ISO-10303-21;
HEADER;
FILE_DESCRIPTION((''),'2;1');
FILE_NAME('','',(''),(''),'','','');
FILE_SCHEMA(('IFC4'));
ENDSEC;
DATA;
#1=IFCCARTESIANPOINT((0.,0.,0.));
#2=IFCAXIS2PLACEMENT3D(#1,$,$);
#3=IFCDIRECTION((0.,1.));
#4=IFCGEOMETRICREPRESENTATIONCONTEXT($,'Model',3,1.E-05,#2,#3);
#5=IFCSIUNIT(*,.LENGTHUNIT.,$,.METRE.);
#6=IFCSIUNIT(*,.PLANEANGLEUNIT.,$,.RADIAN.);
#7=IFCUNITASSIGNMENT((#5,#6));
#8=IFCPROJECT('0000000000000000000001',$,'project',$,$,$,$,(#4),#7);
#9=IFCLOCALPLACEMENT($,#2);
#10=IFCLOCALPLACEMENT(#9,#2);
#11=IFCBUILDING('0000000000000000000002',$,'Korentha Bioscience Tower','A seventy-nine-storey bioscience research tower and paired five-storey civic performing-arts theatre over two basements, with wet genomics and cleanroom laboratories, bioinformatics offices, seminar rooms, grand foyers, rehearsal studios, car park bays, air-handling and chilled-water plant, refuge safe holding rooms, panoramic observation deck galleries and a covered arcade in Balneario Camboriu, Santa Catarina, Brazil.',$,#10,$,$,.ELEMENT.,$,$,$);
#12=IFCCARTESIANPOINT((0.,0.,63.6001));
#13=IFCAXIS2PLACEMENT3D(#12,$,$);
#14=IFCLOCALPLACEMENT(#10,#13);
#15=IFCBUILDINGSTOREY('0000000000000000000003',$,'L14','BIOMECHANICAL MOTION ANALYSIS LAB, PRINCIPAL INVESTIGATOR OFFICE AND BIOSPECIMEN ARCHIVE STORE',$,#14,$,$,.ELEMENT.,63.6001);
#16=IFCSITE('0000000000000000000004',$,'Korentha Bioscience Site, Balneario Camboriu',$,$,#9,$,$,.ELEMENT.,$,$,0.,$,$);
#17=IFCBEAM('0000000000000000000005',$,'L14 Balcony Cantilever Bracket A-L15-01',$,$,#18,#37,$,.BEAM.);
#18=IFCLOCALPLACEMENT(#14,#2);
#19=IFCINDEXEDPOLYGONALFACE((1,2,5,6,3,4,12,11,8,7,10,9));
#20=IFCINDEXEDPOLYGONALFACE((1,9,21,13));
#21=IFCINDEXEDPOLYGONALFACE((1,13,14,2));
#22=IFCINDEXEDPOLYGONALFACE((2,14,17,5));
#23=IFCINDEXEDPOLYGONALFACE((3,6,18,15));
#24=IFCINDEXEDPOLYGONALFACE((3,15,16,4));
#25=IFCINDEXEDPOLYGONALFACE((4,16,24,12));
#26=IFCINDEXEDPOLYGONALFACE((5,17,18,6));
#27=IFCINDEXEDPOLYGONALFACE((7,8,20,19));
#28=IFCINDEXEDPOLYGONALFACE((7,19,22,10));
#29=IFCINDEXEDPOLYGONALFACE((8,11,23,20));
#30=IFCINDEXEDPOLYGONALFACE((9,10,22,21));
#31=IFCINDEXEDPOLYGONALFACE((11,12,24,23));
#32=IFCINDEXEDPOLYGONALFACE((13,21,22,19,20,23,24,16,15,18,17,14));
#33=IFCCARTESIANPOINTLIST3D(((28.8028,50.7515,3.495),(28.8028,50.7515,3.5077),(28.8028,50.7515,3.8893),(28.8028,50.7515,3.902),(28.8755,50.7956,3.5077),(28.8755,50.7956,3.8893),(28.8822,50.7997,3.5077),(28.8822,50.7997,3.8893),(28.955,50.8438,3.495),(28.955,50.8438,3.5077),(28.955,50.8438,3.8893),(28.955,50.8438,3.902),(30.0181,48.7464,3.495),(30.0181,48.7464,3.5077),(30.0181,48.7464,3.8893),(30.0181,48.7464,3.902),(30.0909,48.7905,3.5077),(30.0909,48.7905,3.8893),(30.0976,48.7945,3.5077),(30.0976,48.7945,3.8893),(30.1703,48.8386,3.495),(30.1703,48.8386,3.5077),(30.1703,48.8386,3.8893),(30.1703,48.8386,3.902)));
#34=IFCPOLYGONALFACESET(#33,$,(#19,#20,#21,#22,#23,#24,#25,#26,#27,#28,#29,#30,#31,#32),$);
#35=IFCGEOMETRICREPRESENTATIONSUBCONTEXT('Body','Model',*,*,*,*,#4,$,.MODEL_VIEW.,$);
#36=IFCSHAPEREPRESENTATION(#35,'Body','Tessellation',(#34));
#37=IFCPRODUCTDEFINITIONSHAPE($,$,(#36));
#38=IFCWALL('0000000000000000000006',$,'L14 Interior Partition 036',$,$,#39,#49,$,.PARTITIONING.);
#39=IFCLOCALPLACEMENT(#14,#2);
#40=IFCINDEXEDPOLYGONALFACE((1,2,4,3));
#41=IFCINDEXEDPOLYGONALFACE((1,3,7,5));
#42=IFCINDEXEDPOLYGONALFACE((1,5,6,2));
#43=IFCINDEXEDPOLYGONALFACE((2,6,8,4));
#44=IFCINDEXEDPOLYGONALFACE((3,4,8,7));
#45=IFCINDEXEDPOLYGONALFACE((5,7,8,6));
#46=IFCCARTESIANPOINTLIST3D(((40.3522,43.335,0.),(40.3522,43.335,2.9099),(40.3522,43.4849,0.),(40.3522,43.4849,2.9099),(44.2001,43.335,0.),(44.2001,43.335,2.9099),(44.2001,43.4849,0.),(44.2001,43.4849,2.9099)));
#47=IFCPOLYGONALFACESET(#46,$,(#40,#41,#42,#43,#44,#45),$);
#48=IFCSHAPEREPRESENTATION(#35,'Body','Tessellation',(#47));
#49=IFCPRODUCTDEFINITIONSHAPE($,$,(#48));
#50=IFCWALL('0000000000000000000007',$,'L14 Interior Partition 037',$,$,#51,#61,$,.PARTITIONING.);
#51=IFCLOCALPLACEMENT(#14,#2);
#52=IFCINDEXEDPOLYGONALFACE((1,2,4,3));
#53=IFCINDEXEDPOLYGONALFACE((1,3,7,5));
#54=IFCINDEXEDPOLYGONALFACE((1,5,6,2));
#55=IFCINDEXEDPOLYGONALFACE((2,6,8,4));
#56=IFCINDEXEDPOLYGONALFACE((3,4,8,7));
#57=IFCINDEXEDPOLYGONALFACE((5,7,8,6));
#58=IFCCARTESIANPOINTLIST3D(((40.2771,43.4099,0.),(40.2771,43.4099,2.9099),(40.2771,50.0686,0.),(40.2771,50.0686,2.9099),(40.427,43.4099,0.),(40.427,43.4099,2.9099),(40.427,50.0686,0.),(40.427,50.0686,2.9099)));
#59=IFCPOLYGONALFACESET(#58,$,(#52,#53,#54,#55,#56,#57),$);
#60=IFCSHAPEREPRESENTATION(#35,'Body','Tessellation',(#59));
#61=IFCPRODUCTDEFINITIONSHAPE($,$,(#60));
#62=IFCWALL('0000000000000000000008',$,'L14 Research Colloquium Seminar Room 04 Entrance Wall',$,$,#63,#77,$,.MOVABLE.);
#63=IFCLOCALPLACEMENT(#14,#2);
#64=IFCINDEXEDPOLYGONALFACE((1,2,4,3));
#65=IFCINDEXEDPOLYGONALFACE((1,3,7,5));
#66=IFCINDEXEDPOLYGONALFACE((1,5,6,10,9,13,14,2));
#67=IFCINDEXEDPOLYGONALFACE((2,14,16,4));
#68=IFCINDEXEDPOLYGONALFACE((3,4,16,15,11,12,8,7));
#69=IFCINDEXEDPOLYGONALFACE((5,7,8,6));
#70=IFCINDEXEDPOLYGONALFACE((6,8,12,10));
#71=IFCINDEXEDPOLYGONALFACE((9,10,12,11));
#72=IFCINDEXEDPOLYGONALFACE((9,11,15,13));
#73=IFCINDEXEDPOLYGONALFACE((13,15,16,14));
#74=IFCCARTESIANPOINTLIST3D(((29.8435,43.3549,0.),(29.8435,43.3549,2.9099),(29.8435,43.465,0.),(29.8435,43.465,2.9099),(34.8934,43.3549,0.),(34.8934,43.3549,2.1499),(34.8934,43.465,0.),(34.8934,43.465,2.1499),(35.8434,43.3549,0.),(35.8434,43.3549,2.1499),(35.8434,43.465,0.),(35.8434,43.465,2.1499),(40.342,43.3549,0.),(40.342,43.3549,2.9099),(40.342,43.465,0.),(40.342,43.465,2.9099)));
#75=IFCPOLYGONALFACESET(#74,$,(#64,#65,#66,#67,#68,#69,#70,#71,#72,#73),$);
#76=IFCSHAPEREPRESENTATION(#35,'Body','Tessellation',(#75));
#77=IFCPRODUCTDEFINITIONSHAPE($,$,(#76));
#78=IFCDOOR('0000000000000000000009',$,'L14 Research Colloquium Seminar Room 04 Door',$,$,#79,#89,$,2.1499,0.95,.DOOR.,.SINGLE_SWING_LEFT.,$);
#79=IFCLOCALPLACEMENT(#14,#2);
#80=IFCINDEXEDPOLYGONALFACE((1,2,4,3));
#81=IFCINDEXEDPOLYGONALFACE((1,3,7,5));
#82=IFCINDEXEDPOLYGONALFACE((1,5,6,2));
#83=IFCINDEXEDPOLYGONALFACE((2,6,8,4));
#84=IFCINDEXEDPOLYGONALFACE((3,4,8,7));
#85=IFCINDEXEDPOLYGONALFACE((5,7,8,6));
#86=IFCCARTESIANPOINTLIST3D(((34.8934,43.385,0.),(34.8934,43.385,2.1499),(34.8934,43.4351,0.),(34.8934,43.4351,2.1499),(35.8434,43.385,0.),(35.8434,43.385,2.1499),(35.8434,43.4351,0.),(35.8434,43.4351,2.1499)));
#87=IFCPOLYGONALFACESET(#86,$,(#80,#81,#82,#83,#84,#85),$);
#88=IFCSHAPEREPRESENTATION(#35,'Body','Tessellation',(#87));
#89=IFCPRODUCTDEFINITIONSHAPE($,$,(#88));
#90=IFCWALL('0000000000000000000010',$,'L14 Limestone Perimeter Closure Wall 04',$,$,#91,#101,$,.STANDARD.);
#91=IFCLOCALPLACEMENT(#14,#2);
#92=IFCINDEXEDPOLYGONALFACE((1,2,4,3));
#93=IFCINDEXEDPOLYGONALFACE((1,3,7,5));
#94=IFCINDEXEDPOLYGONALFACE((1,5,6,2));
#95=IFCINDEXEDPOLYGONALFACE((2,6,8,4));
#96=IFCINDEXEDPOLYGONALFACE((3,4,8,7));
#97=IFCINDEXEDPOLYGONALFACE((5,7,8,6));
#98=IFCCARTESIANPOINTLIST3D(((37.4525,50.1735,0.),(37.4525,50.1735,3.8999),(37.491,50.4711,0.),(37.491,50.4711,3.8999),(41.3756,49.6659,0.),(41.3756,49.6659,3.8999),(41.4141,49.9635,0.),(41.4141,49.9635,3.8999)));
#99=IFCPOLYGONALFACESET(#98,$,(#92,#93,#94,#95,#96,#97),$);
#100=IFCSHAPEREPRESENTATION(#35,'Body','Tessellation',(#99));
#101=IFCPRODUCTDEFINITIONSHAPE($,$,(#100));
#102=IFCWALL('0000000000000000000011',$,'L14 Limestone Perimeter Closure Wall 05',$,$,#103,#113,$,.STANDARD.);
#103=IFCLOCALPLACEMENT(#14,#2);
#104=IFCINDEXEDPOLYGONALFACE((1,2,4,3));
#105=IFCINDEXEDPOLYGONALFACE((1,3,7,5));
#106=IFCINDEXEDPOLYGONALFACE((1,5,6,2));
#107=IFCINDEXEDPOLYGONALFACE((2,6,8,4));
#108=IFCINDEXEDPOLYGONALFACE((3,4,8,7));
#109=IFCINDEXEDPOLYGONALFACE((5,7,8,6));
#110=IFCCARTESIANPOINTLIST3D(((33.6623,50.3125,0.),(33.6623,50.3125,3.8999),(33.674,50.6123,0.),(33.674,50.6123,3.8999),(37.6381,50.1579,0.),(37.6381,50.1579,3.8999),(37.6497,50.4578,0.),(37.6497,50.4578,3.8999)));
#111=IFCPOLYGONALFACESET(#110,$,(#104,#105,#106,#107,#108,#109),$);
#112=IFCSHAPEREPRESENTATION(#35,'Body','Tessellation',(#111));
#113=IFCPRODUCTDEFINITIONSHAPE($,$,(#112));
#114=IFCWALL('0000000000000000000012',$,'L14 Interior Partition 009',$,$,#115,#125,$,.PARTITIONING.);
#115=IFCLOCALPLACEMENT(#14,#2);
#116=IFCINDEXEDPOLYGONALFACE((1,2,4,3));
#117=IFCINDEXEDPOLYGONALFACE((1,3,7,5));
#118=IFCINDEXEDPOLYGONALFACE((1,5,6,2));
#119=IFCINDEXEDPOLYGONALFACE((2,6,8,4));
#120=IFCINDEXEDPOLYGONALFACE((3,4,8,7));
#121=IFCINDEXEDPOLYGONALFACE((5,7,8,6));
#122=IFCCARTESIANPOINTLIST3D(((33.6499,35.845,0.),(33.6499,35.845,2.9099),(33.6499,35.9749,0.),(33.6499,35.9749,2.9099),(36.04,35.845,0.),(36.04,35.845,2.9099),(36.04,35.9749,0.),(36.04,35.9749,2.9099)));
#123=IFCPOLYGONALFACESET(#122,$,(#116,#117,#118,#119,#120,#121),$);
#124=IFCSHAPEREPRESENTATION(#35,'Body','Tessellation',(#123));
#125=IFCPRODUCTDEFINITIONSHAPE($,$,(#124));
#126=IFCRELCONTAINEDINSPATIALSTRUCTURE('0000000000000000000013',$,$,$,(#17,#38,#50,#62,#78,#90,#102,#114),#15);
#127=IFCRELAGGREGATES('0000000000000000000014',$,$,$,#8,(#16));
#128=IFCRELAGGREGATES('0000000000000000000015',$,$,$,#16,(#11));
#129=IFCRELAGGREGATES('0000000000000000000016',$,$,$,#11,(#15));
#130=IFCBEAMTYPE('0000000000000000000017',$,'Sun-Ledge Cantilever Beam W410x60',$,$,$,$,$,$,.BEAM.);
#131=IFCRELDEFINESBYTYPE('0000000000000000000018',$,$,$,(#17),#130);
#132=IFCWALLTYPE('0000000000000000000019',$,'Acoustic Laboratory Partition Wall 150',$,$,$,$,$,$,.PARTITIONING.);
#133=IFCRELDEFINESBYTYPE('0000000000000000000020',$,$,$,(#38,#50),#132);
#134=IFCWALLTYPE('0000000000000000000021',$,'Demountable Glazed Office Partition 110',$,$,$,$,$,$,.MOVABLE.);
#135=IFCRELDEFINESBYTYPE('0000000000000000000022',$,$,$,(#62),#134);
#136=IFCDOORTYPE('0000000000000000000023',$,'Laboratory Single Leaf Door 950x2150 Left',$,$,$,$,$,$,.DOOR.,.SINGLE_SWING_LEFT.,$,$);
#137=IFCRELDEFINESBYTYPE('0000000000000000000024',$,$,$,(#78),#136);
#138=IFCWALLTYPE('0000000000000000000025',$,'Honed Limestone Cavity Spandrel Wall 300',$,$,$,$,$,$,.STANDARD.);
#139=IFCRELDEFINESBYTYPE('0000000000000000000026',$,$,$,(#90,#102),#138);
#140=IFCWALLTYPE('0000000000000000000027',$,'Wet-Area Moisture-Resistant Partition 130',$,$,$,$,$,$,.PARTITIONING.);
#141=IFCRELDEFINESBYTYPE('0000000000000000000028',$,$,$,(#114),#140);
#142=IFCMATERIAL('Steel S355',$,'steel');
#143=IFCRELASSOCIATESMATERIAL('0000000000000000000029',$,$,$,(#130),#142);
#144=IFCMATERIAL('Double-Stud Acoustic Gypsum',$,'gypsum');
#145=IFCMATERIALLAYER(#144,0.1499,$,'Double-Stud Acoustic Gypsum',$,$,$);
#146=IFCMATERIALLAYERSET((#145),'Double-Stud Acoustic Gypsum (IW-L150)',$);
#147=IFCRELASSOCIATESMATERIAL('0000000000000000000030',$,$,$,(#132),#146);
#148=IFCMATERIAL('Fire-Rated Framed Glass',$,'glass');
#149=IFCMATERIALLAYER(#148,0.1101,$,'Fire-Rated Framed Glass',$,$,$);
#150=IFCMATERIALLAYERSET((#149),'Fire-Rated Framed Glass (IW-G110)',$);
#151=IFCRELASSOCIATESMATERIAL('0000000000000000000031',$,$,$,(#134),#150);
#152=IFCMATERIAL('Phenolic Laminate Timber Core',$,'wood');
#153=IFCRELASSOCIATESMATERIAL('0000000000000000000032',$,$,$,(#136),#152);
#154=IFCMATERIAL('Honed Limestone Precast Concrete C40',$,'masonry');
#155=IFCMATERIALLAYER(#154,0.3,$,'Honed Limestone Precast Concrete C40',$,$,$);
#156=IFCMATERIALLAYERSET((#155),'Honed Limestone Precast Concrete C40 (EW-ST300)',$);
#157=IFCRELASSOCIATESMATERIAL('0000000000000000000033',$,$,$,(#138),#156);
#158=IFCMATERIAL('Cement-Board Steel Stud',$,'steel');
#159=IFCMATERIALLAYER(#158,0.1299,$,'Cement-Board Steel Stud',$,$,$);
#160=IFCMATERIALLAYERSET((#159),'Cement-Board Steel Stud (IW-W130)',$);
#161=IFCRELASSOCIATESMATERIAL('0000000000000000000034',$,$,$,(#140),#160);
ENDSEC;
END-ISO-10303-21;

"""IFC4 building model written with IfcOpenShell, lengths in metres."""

from ifc_helpers import new_model, si_unit, direction, frame, frame_2d, origin, origin_2d, place, context, subcontext, project, spatial, rectangle, i_section, extrude, material, layer, layer_set, material_profile, profile_set, type_object, element, fill, save


model = new_model("IFC4")

# Units and contexts
model_context = context("Model", 3, precision=1e-05, world=origin(), true_north=direction((0.0, 1.0)))
body_context = subcontext(model_context, "Body", "Model", "MODEL_VIEW")
ifc_project = project(units=[si_unit("LENGTHUNIT", "METRE"), si_unit("PLANEANGLEUNIT", "RADIAN")], contexts=[model_context])

# Site, building, storey
site_placement = place(None, origin())
site = spatial("IfcSite", under=ifc_project, at=site_placement, Name="Korentha Bioscience Site, Balneario Camboriu", CompositionType="ELEMENT", RefElevation=0.0)
building_placement = place(site_placement, origin())
building = spatial("IfcBuilding", under=site, at=building_placement, Name="Korentha Bioscience Tower", Description="A seventy-nine-storey bioscience research tower and paired five-storey civic performing-arts theatre over two basements, with wet genomics and cleanroom laboratories, bioinformatics offices, seminar rooms, grand foyers, rehearsal studios, car park bays, air-handling and chilled-water plant, refuge safe holding rooms, panoramic observation deck galleries and a covered arcade in Balneario Camboriu, Santa Catarina, Brazil.", CompositionType="ELEMENT")
storey_placement = place(building_placement, frame((0.0, 0.0, 63.6001)))
storey = spatial("IfcBuildingStorey", under=building, at=storey_placement, Name="L14", Description="BIOMECHANICAL MOTION ANALYSIS LAB, PRINCIPAL INVESTIGATOR OFFICE AND BIOSPECIMEN ARCHIVE STORE", CompositionType="ELEMENT", Elevation=63.6001)

# Beam
ifc_material_1 = material(Name="Steel S355", Category="steel")
ifc_material_profile_1 = material_profile(ifc_material_1, i_section(OverallWidth=0.178, OverallDepth=0.407, WebThickness=0.0078, FlangeThickness=0.0127, at=origin_2d()), Name="Steel S355")
ifc_profile_set_1 = profile_set([ifc_material_profile_1], Name="Steel S355 (CB-410)")
beam_type_1 = type_object("IfcBeamType", Name="Sun-Ledge Cantilever Beam W410x60", PredefinedType="BEAM", material=ifc_profile_set_1)
beam_1_placement = place(storey_placement, frame((30.0942, 48.7925, 3.6985), z_axis=(-0.518334, 0.855178, 0.0), x_axis=(-0.855178, -0.518334, 0.0)))
element("IfcBeam", 1, at=beam_1_placement, inside=storey, type_object=beam_type_1, Name="L14 Balcony Cantilever Bracket A-L15-01", PredefinedType="BEAM", context=body_context, shape_type="SweptSolid", body=[
    extrude(i_section(OverallWidth=0.178, OverallDepth=0.407, WebThickness=0.0078, FlangeThickness=0.0127, at=origin_2d()), origin(), (0.0, 0.0, 1.0), 2.3447),
])

# Walls
ifc_material_2 = material(Name="Double-Stud Acoustic Gypsum", Category="gypsum")
ifc_layer_1 = layer(ifc_material_2, 0.1499, Name="Double-Stud Acoustic Gypsum")
ifc_layer_set_1 = layer_set([ifc_layer_1], Name="Double-Stud Acoustic Gypsum (IW-L150)")
wall_type_1 = type_object("IfcWallType", Name="Acoustic Laboratory Partition Wall 150", PredefinedType="PARTITIONING", material=ifc_layer_set_1)
wall_1_placement = place(storey_placement, frame((44.2, 43.4099, 0.0), z_axis=(0.0, 0.0, 1.0), x_axis=(-1.0, 0.0, 0.0)))
element("IfcWall", 2, at=wall_1_placement, inside=storey, type_object=wall_type_1, Name="L14 Interior Partition 036", PredefinedType="PARTITIONING", context=body_context, shape_type="SweptSolid", body=[
    extrude(rectangle(XDim=3.8479, YDim=0.1499, at=frame_2d((1.9238, 0.0))), origin(), (0.0, 0.0, 1.0), 2.9099),
])
wall_2_placement = place(storey_placement, frame((40.3521, 43.4099, 0.0), z_axis=(0.0, 0.0, 1.0), x_axis=(0.0, 1.0, 0.0)))
element("IfcWall", 3, at=wall_2_placement, inside=storey, type_object=wall_type_1, Name="L14 Interior Partition 037", PredefinedType="PARTITIONING", context=body_context, shape_type="SweptSolid", body=[
    extrude(rectangle(XDim=6.6587, YDim=0.1499, at=frame_2d((3.3293, 0.0))), origin(), (0.0, 0.0, 1.0), 2.9099),
])

# Wall, opening, door
ifc_material_3 = material(Name="Fire-Rated Framed Glass", Category="glass")
ifc_layer_2 = layer(ifc_material_3, 0.1101, Name="Fire-Rated Framed Glass")
ifc_layer_set_2 = layer_set([ifc_layer_2], Name="Fire-Rated Framed Glass (IW-G110)")
wall_type_2 = type_object("IfcWallType", Name="Demountable Glazed Office Partition 110", PredefinedType="MOVABLE", material=ifc_layer_set_2)
wall_3_placement = place(storey_placement, frame((40.342, 43.4099, 0.0), z_axis=(0.0, 0.0, 1.0), x_axis=(-1.0, 0.0, 0.0)))
wall_3 = element("IfcWall", 4, at=wall_3_placement, inside=storey, type_object=wall_type_2, Name="L14 Research Colloquium Seminar Room 04 Entrance Wall", PredefinedType="MOVABLE", context=body_context, shape_type="SweptSolid", body=[
    extrude(rectangle(XDim=10.4985, YDim=0.1101, at=frame_2d((5.2493, 0.0))), origin(), (0.0, 0.0, 1.0), 2.9099),
])
opening_1_placement = place(wall_3_placement, frame((4.4985, 0.0, 0.0)))
opening_1 = element("IfcOpeningElement", 5, at=opening_1_placement, cuts=wall_3, PredefinedType="OPENING", context=body_context, shape_type="SweptSolid", body=[
    extrude(rectangle(XDim=0.95, YDim=2.1499, at=frame_2d((0.4751, 1.075))), frame((0.0, 0.0698, 0.0), z_axis=(0.0, -1.0, 0.0), x_axis=(1.0, 0.0, 0.0)), (0.0, 0.0, 1.0), 0.1399),
])
ifc_material_4 = material(Name="Phenolic Laminate Timber Core", Category="wood")
door_type_1 = type_object("IfcDoorType", Name="Laboratory Single Leaf Door 950x2150 Left", OperationType="SINGLE_SWING_LEFT", PredefinedType="DOOR", material=ifc_material_4)
door_1_placement = place(opening_1_placement, origin())
door_1 = element("IfcDoor", 6, at=door_1_placement, inside=storey, type_object=door_type_1, Name="L14 Research Colloquium Seminar Room 04 Door", OperationType="SINGLE_SWING_LEFT", OverallHeight=2.1499, OverallWidth=0.95, PredefinedType="DOOR", context=body_context, shape_type="SweptSolid", body=[
    extrude(rectangle(XDim=0.95, YDim=2.1499, at=frame_2d((0.4751, 1.075))), frame((0.0, 0.0249, 0.0), z_axis=(0.0, -1.0, 0.0), x_axis=(1.0, 0.0, 0.0)), (0.0, 0.0, 1.0), 0.05),
])
fill(opening_1, door_1)
ifc_material_5 = material(Name="Honed Limestone Precast Concrete C40", Category="masonry")
ifc_layer_3 = layer(ifc_material_5, 0.3, Name="Honed Limestone Precast Concrete C40")
ifc_layer_set_3 = layer_set([ifc_layer_3], Name="Honed Limestone Precast Concrete C40 (EW-ST300)")
wall_type_3 = type_object("IfcWallType", Name="Honed Limestone Cavity Spandrel Wall 300", PredefinedType="STANDARD", material=ifc_layer_set_3)

# Walls
wall_4_placement = place(storey_placement, frame((41.395, 49.8147, 0.0), z_axis=(0.0, 0.0, 1.0), x_axis=(-0.991734, 0.12831, 0.0)))
element("IfcWall", 7, at=wall_4_placement, inside=storey, type_object=wall_type_3, Name="L14 Limestone Perimeter Closure Wall 04", PredefinedType="STANDARD", context=body_context, shape_type="SweptSolid", body=[
    extrude(rectangle(XDim=3.9558, YDim=0.3, at=frame_2d((1.978, 0.0))), origin(), (0.0, 0.0, 1.0), 3.8999),
])
wall_5_placement = place(storey_placement, frame((37.6438, 50.3079, 0.0), z_axis=(0.0, 0.0, 1.0), x_axis=(-0.999245, 0.038841, 0.0)))
element("IfcWall", 8, at=wall_5_placement, inside=storey, type_object=wall_type_3, Name="L14 Limestone Perimeter Closure Wall 05", PredefinedType="STANDARD", context=body_context, shape_type="SweptSolid", body=[
    extrude(rectangle(XDim=3.9788, YDim=0.3, at=frame_2d((1.9893, 0.0))), origin(), (0.0, 0.0, 1.0), 3.8999),
])

# Shared definitions
ifc_material_6 = material(Name="Cement-Board Steel Stud", Category="steel")
ifc_layer_4 = layer(ifc_material_6, 0.1299, Name="Cement-Board Steel Stud")
ifc_layer_set_4 = layer_set([ifc_layer_4], Name="Cement-Board Steel Stud (IW-W130)")
wall_type_4 = type_object("IfcWallType", Name="Wet-Area Moisture-Resistant Partition 130", PredefinedType="PARTITIONING", material=ifc_layer_set_4)

# Wall
wall_6_placement = place(storey_placement, frame((36.04, 35.9099, 0.0), z_axis=(0.0, 0.0, 1.0), x_axis=(-1.0, 0.0, 0.0)))
element("IfcWall", 9, at=wall_6_placement, inside=storey, type_object=wall_type_4, Name="L14 Interior Partition 009", PredefinedType="PARTITIONING", context=body_context, shape_type="SweptSolid", body=[
    extrude(rectangle(XDim=2.3901, YDim=0.1299, at=frame_2d((1.1951, 0.0))), origin(), (0.0, 0.0, 1.0), 2.9099),
])

save(model, "model.ifc")
